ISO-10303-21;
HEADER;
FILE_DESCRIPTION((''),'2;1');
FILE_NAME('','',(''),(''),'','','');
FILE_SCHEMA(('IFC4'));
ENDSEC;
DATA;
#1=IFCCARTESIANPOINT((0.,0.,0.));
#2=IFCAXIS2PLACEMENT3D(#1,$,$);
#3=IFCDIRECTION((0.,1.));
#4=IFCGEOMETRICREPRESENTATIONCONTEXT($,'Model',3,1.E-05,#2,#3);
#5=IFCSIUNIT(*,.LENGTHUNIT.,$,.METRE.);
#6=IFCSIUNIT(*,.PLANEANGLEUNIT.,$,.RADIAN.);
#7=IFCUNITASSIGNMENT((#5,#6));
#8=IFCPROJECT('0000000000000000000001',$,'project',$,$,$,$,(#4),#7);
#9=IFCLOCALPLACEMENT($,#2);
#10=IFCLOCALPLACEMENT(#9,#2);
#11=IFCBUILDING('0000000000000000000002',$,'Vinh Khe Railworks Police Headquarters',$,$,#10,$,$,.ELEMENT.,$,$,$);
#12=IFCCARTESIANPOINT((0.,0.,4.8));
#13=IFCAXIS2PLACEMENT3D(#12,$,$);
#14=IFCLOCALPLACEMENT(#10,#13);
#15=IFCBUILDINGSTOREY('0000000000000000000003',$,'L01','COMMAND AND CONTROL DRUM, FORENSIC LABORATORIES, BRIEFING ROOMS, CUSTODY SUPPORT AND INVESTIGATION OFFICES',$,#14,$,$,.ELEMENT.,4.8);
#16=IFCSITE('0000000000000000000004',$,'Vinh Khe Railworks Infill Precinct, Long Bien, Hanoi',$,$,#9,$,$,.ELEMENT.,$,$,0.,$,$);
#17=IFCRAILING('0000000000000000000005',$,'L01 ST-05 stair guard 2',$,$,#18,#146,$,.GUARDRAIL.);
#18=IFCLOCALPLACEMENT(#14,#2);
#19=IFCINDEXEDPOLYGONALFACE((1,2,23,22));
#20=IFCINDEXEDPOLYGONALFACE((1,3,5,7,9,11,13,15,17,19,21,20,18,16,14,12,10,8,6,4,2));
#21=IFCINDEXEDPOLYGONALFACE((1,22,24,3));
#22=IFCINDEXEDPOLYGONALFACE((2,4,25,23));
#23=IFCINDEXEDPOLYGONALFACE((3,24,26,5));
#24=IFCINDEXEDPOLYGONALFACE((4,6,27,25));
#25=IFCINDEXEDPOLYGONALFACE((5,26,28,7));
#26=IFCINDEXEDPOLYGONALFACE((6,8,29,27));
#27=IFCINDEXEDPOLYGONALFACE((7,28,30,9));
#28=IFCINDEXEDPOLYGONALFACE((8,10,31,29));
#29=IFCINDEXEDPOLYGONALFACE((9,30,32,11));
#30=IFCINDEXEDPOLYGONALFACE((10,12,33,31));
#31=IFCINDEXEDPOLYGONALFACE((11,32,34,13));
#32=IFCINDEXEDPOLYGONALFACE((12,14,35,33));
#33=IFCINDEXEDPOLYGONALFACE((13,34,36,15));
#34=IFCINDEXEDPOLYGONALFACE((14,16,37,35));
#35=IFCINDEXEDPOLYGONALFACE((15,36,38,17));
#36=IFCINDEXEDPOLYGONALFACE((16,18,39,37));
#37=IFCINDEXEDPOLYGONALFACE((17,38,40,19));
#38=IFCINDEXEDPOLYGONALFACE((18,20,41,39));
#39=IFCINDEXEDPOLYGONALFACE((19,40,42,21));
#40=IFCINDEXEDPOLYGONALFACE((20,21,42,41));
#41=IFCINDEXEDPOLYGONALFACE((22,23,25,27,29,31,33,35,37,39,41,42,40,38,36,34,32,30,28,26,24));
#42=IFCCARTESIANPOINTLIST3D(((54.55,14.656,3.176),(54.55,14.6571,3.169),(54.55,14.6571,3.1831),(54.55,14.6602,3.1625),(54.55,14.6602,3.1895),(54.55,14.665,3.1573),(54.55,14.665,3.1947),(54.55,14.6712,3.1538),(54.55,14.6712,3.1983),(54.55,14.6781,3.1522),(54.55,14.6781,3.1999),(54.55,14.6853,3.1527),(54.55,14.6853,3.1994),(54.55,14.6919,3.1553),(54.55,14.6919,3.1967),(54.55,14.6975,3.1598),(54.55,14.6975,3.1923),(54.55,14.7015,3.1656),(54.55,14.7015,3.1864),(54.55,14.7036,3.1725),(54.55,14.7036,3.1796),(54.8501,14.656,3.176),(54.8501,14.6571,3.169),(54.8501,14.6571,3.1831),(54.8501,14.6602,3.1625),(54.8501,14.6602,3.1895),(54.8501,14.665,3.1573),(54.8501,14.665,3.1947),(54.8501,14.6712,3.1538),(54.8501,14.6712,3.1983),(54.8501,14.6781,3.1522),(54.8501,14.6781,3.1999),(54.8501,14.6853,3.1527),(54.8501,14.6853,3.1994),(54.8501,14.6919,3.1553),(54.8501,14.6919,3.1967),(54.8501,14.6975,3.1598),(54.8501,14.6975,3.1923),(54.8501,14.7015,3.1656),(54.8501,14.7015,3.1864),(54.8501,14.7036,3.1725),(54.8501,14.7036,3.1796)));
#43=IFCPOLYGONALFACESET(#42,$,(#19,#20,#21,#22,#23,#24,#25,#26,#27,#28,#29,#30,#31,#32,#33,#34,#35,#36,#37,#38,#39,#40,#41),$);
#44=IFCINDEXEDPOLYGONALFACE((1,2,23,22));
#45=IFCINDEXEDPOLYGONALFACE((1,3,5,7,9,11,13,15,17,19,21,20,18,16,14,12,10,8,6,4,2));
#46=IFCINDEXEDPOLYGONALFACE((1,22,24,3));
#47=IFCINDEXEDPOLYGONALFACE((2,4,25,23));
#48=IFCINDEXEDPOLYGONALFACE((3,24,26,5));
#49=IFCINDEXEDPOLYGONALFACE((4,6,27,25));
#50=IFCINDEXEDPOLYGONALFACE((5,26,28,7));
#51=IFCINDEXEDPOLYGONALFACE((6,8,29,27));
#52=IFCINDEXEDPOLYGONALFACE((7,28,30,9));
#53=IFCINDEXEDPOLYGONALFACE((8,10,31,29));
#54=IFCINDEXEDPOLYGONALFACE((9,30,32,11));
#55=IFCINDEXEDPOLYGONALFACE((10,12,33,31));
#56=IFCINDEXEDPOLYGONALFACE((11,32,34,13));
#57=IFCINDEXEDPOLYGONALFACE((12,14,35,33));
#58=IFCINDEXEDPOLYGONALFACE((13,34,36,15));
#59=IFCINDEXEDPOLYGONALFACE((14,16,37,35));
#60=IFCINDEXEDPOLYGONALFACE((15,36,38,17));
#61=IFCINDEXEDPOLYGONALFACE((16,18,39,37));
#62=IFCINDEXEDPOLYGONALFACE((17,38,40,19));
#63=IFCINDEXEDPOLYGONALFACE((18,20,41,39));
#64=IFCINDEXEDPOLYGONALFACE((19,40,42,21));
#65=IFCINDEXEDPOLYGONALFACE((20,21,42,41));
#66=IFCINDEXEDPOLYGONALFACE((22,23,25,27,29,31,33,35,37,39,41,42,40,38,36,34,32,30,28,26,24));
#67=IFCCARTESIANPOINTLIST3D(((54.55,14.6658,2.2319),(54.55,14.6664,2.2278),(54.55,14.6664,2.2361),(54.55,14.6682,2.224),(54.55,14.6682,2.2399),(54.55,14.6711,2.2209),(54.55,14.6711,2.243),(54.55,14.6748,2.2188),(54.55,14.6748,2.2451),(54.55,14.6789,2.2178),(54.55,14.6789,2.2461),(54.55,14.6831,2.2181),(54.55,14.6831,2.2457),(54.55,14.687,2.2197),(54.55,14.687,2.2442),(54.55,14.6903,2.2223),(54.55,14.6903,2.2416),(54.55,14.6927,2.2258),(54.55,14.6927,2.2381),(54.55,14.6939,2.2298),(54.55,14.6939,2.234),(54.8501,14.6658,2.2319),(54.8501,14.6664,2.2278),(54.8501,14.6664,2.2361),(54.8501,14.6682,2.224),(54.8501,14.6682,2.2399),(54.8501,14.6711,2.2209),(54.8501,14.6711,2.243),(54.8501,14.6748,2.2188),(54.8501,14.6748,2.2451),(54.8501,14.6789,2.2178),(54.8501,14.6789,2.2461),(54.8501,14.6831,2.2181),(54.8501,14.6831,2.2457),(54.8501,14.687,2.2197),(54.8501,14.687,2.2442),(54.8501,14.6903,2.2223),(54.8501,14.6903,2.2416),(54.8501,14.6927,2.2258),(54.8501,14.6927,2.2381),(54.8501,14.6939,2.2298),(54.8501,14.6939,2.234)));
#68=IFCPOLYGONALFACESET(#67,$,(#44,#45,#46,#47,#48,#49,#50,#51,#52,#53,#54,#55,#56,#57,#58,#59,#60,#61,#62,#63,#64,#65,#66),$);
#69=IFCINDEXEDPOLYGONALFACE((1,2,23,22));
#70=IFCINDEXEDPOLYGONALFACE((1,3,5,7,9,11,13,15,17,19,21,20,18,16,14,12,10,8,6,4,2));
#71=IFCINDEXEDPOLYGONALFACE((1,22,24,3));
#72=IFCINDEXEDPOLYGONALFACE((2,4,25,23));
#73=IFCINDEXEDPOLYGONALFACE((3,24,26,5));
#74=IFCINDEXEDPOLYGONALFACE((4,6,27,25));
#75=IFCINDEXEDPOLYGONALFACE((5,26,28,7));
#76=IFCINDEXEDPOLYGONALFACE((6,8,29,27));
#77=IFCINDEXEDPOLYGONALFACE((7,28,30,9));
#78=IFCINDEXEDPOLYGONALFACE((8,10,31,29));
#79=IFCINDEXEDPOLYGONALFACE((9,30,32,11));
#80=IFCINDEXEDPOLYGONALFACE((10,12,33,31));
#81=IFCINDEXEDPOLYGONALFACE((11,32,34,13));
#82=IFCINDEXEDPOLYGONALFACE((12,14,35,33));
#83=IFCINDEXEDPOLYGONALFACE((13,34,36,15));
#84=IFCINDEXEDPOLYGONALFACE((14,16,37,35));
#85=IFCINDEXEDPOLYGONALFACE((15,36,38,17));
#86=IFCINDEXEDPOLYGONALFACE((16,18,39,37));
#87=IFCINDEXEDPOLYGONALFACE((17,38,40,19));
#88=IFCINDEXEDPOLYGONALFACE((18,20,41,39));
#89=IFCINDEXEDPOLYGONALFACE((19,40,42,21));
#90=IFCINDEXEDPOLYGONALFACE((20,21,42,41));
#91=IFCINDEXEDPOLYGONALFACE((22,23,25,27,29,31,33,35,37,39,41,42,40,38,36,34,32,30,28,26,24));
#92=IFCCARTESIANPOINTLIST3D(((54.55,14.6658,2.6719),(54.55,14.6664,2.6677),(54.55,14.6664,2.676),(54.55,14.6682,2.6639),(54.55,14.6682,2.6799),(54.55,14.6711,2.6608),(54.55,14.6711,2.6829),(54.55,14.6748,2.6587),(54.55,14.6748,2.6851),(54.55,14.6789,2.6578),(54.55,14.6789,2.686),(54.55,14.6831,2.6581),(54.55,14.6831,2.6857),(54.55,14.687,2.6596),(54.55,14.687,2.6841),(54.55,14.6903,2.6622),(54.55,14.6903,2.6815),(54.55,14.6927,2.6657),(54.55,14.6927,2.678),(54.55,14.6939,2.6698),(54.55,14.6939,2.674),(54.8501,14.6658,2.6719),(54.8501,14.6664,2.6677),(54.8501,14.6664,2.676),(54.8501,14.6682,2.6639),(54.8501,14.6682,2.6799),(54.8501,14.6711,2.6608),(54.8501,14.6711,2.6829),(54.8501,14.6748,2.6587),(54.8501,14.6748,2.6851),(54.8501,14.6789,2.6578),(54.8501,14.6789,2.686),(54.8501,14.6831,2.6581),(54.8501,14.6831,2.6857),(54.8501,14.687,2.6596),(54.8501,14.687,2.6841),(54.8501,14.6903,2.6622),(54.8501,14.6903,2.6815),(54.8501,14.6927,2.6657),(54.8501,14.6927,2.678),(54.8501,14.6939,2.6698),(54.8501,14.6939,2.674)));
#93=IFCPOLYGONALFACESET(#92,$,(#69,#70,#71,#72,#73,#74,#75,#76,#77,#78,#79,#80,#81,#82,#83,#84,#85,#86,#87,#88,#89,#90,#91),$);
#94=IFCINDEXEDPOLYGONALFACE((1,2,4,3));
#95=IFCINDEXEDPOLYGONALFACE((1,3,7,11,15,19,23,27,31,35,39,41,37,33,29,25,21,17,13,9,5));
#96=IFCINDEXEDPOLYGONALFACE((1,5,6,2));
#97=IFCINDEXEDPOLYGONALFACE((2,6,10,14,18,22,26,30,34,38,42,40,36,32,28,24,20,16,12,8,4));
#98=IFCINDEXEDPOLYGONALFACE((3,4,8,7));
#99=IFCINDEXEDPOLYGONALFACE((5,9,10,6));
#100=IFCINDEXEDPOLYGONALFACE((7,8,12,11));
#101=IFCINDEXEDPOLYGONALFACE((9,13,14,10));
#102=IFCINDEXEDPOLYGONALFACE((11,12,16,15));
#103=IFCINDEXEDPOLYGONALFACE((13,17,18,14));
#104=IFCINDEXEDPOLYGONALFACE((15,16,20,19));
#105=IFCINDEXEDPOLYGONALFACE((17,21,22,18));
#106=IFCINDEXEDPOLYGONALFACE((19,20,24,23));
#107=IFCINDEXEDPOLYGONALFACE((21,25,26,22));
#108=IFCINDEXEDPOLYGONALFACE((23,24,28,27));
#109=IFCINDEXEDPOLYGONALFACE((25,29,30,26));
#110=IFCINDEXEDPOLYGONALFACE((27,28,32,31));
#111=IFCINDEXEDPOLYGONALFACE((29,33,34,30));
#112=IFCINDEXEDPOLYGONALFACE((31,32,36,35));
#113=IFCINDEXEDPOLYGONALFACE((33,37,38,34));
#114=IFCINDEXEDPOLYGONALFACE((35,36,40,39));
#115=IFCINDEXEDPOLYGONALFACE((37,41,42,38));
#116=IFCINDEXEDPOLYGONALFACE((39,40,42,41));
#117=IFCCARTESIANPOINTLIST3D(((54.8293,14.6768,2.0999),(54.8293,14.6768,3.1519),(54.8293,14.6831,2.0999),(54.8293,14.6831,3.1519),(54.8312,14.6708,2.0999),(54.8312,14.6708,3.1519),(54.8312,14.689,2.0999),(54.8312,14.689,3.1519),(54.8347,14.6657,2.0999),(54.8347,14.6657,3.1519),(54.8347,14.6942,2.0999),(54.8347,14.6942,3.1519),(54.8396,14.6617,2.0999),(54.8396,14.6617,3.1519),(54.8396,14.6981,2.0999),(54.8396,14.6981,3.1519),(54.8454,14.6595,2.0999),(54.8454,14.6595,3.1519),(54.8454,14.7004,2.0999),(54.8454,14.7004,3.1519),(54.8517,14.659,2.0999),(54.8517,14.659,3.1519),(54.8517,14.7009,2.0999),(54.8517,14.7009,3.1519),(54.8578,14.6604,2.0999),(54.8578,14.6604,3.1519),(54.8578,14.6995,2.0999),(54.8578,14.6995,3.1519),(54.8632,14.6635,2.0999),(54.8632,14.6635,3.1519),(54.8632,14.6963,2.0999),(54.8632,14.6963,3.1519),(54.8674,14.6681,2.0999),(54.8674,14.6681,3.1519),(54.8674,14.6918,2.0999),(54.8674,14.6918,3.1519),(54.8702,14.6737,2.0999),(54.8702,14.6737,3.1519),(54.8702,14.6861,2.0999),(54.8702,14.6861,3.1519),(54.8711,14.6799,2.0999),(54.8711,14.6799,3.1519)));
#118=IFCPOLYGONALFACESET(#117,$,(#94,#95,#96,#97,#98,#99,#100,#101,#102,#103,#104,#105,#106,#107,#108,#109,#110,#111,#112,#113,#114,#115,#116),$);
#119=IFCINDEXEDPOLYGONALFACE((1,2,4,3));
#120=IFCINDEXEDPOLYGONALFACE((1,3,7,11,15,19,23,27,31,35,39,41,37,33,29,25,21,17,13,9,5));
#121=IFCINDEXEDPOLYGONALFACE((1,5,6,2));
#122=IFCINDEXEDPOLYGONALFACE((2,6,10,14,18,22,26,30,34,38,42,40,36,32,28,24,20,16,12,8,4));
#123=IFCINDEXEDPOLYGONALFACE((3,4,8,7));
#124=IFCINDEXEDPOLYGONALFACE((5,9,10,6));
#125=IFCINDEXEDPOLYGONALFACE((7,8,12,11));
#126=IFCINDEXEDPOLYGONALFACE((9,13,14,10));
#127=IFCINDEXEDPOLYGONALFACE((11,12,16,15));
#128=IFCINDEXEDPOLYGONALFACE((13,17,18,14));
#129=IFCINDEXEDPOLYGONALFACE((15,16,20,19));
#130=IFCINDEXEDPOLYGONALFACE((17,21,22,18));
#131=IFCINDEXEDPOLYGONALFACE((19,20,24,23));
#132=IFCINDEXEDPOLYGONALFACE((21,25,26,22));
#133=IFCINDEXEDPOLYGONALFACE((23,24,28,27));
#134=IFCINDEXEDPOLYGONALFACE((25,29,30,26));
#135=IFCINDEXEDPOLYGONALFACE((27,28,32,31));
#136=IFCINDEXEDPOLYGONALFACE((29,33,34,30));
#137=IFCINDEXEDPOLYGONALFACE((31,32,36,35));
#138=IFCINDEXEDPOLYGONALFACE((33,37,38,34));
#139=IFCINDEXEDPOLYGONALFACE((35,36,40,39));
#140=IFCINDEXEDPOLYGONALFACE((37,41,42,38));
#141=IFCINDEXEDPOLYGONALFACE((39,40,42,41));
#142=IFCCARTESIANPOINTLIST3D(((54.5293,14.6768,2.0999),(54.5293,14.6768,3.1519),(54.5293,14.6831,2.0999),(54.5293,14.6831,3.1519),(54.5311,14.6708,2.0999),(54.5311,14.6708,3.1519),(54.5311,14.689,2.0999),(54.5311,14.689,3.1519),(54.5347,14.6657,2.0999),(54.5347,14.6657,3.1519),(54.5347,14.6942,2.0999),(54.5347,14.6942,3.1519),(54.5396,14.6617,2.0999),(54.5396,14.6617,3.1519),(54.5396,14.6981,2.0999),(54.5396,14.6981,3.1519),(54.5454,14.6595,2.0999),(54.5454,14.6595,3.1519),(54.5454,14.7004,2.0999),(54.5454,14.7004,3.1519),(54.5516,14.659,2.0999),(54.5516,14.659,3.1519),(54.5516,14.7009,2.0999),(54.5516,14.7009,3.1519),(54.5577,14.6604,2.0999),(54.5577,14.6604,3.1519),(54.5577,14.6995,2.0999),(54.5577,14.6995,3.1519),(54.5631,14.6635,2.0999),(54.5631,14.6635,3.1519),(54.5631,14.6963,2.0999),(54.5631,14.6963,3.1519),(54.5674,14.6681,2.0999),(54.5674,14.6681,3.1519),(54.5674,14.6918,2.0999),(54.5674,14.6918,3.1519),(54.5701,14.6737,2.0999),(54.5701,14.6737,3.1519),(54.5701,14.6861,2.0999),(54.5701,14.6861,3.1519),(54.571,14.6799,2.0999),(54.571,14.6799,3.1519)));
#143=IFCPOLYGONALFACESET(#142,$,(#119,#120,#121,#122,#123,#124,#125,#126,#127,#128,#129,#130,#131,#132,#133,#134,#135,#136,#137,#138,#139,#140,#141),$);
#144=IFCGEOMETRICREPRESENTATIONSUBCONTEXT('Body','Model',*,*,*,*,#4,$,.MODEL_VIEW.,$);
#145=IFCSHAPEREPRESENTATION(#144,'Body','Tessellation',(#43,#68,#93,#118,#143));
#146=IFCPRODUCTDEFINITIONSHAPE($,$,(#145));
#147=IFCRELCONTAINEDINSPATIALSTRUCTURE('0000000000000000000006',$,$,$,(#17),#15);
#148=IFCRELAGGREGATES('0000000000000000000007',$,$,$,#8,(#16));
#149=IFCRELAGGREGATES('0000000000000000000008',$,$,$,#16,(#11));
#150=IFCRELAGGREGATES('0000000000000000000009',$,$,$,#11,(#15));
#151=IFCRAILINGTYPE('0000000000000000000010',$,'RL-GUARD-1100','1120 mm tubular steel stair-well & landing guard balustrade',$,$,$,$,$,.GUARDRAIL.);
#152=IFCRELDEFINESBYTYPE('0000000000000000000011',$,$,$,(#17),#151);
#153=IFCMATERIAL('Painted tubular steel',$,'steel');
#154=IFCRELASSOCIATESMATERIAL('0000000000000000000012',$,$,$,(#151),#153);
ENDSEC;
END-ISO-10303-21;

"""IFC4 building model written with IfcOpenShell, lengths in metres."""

from ifc_helpers import new_model, si_unit, direction, frame, origin, origin_2d, place, context, subcontext, project, spatial, circle, extrude, material, type_object, element, save


model = new_model("IFC4")

# Units and contexts
model_context = context("Model", 3, precision=1e-05, world=origin(), true_north=direction((0.0, 1.0)))
body_context = subcontext(model_context, "Body", "Model", "MODEL_VIEW")
ifc_project = project(units=[si_unit("LENGTHUNIT", "METRE"), si_unit("PLANEANGLEUNIT", "RADIAN")], contexts=[model_context])

# Site, building, storey
site_placement = place(None, origin())
site = spatial("IfcSite", under=ifc_project, at=site_placement, Name="Vinh Khe Railworks Infill Precinct, Long Bien, Hanoi", CompositionType="ELEMENT", RefElevation=0.0)
building_placement = place(site_placement, origin())
building = spatial("IfcBuilding", under=site, at=building_placement, Name="Vinh Khe Railworks Police Headquarters", CompositionType="ELEMENT")
storey_placement = place(building_placement, frame((0.0, 0.0, 4.8)))
storey = spatial("IfcBuildingStorey", under=building, at=storey_placement, Name="L01", Description="COMMAND AND CONTROL DRUM, FORENSIC LABORATORIES, BRIEFING ROOMS, CUSTODY SUPPORT AND INVESTIGATION OFFICES", CompositionType="ELEMENT", Elevation=4.8)

# Railing
ifc_material_1 = material(Name="Painted tubular steel", Category="steel")
railing_type_1 = type_object("IfcRailingType", Name="RL-GUARD-1100", Description="1120 mm tubular steel stair-well & landing guard balustrade", PredefinedType="GUARDRAIL", material=ifc_material_1)
railing_1_placement = place(storey_placement, frame((54.8501, 14.6799, 2.0999)))
element("IfcRailing", 1, at=railing_1_placement, inside=storey, type_object=railing_type_1, Name="L01 ST-05 stair guard 2", PredefinedType="GUARDRAIL", context=body_context, shape_type="SweptSolid", body=[
    extrude(circle(Radius=0.0239, at=origin_2d()), frame((0.0, 0.0, 1.0762), z_axis=(-1.0, 0.0, 0.0), x_axis=(0.0, -1.0, 0.0)), (0.0, 0.0, 1.0), 0.3),
    extrude(circle(Radius=0.0142, at=origin_2d()), frame((0.0, 0.0, 0.1321), z_axis=(-1.0, 0.0, 0.0), x_axis=(0.0, -1.0, 0.0)), (0.0, 0.0, 1.0), 0.3),
    extrude(circle(Radius=0.0142, at=origin_2d()), frame((0.0, 0.0, 0.572), z_axis=(-1.0, 0.0, 0.0), x_axis=(0.0, -1.0, 0.0)), (0.0, 0.0, 1.0), 0.3),
    extrude(circle(Radius=0.021, at=origin_2d()), origin(), (0.0, 0.0, 1.0), 1.052),
    extrude(circle(Radius=0.021, at=origin_2d()), frame((-0.3, 0.0, 0.0)), (0.0, 0.0, 1.0), 1.052),
])

save(model, "model.ifc")
